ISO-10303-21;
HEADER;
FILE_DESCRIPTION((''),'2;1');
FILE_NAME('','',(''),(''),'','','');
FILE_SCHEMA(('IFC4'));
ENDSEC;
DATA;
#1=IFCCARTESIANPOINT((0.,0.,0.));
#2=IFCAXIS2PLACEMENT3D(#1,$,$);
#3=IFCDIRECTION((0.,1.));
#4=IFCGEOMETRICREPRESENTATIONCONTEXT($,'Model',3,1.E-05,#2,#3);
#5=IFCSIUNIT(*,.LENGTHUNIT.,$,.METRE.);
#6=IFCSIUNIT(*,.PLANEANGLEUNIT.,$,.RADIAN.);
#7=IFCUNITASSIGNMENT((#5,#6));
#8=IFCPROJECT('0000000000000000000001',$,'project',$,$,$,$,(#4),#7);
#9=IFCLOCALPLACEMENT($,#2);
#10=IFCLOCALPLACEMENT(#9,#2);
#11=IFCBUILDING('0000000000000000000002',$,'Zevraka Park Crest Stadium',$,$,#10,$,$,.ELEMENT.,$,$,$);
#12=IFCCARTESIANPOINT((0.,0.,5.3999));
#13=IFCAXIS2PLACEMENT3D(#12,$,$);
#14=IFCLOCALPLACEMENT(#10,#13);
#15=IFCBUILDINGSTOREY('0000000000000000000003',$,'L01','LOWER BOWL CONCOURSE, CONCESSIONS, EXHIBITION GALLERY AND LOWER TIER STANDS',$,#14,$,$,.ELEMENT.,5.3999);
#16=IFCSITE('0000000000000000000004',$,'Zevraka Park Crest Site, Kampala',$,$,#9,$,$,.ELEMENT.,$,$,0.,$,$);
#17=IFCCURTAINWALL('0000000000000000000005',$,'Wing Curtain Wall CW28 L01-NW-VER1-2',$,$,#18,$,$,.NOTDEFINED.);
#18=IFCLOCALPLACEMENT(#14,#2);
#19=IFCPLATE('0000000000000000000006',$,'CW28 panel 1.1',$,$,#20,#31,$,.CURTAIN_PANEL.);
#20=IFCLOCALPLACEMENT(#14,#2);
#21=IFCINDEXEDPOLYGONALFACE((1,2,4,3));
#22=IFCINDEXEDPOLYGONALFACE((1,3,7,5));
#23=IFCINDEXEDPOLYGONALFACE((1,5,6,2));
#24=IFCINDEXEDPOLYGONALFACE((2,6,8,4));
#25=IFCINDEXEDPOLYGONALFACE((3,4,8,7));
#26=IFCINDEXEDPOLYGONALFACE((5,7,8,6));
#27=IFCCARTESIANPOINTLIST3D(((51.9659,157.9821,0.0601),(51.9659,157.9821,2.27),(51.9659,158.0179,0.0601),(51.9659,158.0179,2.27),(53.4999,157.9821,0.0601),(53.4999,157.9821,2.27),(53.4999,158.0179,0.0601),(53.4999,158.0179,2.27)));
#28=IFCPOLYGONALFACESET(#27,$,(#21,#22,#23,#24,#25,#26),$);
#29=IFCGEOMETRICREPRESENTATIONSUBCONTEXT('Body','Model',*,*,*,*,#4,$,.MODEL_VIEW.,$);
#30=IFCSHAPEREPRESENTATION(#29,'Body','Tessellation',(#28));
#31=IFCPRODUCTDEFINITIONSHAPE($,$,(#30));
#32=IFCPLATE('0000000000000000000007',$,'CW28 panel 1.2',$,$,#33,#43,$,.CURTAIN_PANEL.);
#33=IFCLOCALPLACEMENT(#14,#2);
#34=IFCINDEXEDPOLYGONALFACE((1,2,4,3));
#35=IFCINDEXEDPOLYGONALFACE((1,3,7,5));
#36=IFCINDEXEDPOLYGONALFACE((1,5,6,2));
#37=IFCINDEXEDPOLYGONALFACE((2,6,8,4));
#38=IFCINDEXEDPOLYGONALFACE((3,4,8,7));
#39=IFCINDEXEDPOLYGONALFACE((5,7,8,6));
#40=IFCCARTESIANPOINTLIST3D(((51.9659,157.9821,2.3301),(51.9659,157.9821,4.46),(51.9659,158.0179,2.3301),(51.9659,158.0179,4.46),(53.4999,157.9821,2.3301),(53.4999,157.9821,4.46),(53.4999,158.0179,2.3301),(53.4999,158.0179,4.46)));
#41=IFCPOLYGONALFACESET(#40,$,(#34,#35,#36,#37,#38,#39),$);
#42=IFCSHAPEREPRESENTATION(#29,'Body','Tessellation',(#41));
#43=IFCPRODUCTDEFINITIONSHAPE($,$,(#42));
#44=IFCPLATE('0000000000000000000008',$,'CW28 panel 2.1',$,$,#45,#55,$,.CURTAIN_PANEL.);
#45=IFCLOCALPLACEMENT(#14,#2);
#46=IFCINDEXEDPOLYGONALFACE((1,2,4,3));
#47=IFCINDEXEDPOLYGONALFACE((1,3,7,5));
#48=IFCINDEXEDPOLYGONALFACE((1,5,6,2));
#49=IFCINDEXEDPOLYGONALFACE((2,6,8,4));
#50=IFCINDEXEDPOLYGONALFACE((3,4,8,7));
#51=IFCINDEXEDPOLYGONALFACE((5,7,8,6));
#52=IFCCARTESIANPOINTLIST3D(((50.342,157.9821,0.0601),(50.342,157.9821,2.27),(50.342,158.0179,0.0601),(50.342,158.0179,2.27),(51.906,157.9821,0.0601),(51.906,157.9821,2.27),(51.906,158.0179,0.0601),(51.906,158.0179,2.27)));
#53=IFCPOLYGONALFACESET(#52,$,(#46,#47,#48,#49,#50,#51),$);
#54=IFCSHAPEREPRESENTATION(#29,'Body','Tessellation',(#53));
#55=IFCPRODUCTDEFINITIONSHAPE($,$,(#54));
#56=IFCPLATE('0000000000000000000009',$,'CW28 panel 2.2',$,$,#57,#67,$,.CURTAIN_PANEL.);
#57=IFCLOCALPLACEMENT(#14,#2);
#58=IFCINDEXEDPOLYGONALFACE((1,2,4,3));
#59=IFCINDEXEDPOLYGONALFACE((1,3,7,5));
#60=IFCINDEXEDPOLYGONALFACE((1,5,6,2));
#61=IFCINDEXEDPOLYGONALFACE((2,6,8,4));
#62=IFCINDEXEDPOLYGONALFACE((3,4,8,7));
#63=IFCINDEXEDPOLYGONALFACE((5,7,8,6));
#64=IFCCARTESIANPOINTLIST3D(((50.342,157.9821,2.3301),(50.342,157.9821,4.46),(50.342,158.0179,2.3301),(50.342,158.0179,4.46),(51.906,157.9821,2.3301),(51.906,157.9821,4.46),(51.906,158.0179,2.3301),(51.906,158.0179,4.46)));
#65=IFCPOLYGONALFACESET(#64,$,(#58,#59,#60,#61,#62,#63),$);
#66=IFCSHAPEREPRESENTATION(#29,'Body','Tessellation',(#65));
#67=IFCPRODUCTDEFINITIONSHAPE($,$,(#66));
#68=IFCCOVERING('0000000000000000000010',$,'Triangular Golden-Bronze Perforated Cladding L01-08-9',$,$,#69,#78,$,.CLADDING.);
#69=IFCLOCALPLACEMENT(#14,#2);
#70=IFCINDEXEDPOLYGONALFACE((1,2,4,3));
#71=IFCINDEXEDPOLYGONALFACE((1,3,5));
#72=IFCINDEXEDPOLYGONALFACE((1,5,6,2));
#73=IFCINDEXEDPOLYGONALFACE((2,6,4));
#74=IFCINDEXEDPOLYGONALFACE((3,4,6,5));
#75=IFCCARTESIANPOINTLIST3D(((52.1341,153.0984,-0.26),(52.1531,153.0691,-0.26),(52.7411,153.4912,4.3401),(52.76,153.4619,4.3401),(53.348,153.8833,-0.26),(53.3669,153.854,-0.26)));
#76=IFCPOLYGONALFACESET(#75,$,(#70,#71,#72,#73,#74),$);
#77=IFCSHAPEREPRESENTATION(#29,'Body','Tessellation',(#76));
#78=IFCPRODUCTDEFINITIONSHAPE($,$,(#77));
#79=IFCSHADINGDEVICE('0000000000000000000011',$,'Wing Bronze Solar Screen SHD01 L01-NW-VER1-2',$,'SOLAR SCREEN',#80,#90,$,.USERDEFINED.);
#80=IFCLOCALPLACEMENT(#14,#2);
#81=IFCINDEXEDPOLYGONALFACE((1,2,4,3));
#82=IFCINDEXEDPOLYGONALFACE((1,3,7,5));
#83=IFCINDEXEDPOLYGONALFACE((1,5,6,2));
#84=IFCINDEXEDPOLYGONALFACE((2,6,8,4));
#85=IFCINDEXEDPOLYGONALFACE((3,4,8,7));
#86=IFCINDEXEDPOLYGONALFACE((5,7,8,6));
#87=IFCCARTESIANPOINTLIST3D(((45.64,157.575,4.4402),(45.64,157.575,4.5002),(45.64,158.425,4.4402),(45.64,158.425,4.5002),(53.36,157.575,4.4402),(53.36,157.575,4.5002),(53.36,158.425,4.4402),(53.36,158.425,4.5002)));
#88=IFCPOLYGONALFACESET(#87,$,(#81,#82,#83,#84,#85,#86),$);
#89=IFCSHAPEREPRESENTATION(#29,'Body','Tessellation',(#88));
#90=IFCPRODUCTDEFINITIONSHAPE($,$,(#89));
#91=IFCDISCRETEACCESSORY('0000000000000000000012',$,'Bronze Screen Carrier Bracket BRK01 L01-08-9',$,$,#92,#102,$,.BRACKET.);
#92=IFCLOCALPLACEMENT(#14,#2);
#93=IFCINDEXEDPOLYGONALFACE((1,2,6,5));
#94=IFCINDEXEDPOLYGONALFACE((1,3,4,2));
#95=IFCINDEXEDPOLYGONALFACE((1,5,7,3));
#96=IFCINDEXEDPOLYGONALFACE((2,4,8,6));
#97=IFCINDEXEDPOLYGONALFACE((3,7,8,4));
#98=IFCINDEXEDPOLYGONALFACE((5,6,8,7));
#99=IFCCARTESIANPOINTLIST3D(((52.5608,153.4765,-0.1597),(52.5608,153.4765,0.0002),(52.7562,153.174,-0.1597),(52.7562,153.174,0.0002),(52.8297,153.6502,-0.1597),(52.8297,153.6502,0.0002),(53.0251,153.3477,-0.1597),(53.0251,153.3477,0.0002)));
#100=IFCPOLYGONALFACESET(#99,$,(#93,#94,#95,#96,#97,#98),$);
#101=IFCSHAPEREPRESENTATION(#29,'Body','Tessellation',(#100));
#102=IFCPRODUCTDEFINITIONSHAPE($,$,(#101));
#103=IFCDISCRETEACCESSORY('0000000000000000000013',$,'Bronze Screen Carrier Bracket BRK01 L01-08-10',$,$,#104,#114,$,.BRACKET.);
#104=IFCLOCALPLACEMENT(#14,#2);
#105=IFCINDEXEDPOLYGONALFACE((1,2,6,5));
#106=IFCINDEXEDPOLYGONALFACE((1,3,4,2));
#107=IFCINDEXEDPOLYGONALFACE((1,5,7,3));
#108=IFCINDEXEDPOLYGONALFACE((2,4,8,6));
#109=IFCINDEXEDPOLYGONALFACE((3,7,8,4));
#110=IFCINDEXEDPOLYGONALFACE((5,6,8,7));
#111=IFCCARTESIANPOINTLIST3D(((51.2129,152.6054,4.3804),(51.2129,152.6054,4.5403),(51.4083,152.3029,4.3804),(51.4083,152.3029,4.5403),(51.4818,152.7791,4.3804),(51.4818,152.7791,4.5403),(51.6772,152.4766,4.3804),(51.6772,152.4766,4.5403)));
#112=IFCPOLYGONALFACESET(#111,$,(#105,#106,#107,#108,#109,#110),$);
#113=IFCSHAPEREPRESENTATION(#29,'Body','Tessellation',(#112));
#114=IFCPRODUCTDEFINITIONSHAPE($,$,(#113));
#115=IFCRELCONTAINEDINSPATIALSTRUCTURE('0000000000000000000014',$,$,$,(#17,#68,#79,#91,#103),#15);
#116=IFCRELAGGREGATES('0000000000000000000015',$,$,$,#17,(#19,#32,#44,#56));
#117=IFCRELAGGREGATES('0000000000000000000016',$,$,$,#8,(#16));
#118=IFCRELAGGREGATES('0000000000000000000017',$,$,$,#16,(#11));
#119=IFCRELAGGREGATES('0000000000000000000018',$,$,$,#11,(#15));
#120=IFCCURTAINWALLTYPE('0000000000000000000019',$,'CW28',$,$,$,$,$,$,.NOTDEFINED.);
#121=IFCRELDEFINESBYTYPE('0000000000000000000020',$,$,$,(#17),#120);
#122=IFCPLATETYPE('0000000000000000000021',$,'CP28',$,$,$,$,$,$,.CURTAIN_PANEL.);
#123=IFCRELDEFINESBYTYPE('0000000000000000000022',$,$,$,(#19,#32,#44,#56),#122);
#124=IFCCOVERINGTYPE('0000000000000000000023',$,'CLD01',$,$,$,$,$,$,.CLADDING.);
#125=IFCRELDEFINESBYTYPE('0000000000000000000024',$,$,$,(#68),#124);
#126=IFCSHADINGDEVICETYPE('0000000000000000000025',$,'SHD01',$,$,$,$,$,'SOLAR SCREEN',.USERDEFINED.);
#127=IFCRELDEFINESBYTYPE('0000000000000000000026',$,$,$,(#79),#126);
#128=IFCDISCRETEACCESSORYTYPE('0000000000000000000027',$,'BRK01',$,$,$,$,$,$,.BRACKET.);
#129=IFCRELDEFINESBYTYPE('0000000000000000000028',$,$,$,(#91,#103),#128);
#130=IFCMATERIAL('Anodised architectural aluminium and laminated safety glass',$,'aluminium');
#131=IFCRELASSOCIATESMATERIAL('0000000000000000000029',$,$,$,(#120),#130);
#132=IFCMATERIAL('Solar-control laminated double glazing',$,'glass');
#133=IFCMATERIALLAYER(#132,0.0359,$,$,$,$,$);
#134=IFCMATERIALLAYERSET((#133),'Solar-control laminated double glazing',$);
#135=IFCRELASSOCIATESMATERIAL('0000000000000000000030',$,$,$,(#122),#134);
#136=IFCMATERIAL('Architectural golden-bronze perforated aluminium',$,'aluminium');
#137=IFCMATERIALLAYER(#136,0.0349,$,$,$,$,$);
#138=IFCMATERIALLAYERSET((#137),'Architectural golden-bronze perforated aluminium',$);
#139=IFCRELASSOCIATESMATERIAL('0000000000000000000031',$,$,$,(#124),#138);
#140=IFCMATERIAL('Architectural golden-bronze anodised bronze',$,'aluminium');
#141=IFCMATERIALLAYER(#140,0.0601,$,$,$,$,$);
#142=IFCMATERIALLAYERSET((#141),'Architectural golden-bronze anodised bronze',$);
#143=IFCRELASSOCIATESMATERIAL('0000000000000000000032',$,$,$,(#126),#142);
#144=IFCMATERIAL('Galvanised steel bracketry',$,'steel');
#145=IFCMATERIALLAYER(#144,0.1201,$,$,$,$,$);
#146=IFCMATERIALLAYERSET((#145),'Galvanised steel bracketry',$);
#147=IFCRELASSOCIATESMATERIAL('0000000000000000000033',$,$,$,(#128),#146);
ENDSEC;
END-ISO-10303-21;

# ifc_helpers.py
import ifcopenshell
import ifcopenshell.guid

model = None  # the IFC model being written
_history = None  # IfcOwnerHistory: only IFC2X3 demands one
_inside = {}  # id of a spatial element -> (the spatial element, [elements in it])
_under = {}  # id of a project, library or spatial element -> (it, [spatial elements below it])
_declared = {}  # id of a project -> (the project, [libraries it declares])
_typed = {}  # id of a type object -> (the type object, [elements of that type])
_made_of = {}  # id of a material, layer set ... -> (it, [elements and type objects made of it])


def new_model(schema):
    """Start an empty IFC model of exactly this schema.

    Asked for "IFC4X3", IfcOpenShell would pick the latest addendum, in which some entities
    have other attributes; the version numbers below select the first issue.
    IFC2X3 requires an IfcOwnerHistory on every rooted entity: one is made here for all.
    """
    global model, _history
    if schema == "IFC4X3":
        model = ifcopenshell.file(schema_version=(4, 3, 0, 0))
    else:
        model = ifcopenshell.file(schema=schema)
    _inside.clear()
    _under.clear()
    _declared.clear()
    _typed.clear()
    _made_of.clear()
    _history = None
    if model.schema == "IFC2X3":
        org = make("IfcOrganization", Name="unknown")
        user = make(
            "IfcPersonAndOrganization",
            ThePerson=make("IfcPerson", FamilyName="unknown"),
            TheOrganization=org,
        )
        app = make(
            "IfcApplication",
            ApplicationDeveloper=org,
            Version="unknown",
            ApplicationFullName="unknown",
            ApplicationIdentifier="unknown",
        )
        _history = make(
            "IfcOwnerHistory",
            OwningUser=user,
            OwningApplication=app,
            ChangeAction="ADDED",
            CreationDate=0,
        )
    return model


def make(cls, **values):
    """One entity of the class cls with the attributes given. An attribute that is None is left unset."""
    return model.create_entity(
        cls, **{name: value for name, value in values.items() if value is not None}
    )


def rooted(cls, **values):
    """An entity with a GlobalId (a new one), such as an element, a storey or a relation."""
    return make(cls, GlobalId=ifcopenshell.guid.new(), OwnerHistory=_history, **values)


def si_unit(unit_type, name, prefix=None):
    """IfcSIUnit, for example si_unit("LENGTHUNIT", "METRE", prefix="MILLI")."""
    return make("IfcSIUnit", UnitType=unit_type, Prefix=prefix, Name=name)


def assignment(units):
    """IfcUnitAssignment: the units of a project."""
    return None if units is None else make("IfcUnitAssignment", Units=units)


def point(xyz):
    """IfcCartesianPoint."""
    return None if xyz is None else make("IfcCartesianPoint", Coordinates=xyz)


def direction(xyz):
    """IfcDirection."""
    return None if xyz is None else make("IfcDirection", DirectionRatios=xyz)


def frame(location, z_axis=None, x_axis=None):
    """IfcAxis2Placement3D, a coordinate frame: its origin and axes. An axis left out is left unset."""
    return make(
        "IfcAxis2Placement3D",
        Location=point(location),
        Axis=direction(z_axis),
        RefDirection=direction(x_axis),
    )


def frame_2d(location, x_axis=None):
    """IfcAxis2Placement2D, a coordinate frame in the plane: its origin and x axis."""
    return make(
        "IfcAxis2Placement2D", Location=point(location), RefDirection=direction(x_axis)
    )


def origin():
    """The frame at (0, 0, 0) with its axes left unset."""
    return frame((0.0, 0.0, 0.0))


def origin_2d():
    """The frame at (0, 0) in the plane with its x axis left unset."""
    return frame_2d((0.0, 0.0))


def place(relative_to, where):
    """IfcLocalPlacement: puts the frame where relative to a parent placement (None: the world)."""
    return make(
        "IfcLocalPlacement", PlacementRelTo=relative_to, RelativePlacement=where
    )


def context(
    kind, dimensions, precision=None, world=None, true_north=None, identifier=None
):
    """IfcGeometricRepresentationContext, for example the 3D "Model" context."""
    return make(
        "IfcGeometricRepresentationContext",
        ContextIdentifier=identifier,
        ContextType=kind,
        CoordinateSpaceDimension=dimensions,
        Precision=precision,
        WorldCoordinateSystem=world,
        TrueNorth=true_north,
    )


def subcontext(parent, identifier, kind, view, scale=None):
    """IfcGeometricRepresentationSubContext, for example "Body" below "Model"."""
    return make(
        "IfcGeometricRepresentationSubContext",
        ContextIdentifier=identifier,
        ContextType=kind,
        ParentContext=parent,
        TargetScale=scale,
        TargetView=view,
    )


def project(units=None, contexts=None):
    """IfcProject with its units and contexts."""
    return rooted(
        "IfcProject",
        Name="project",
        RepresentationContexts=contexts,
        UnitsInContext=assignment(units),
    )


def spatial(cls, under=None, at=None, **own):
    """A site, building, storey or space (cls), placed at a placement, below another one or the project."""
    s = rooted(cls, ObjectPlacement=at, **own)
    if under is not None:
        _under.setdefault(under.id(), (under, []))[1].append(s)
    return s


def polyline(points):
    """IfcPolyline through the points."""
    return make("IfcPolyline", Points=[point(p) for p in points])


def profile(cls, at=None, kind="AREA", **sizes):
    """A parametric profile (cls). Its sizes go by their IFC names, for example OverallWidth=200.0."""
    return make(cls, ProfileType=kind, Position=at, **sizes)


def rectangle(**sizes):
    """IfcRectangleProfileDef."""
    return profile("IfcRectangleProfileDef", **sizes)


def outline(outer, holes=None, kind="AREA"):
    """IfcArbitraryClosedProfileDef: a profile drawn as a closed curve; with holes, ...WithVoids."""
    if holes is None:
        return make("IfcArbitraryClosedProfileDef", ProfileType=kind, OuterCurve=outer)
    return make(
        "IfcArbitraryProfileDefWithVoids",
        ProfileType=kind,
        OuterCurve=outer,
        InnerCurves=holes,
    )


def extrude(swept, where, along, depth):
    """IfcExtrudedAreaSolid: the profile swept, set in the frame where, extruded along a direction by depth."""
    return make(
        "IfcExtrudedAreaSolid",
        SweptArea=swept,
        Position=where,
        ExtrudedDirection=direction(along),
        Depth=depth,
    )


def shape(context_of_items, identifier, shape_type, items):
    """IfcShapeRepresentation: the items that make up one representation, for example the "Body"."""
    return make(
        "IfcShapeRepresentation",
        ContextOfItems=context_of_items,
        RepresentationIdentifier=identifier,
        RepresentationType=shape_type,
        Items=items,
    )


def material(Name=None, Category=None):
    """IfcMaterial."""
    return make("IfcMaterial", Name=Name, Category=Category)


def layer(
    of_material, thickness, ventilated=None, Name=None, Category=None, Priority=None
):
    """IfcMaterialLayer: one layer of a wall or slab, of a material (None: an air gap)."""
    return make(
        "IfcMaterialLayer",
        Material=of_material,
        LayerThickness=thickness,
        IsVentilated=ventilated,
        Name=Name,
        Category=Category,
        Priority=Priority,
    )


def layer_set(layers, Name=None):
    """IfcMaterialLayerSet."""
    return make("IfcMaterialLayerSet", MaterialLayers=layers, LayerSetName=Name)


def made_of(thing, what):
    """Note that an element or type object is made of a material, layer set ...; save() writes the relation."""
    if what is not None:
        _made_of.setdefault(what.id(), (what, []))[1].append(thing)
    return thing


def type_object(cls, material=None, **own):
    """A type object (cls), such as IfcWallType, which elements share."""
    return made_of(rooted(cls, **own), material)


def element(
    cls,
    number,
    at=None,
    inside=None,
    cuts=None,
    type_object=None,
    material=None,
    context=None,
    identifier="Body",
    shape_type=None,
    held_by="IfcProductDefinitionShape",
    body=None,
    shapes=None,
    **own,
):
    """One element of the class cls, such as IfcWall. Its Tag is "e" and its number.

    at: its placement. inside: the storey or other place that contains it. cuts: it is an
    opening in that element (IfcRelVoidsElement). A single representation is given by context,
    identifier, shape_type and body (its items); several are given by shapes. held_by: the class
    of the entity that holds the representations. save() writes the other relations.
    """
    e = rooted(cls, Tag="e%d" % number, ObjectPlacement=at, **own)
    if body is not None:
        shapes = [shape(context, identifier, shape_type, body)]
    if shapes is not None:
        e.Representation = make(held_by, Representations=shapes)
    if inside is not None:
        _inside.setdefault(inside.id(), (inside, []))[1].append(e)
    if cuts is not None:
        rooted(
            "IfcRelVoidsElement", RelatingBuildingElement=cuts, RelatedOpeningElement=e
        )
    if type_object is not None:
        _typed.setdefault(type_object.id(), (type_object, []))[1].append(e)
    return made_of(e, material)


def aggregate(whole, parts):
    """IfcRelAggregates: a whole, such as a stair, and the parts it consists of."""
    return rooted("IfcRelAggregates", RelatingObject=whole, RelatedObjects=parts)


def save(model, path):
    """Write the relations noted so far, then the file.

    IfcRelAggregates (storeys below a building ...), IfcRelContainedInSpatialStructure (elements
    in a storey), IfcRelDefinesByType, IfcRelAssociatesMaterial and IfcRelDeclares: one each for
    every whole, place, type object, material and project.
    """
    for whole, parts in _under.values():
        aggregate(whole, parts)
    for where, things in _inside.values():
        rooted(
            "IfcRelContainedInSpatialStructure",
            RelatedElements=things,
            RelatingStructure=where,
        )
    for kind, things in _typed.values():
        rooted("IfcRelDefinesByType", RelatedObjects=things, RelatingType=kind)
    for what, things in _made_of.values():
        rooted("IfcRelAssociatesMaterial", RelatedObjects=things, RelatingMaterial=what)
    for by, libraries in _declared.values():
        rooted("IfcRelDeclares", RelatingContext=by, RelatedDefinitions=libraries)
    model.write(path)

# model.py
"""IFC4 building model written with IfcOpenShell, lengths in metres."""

from ifc_helpers import new_model, si_unit, direction, frame, origin, origin_2d, place, context, subcontext, project, spatial, polyline, rectangle, outline, extrude, material, layer, layer_set, type_object, element, aggregate, save


model = new_model("IFC4")

# Units and contexts
model_context = context("Model", 3, precision=1e-05, world=origin(), true_north=direction((0.0, 1.0)))
body_context = subcontext(model_context, "Body", "Model", "MODEL_VIEW")
ifc_project = project(units=[si_unit("LENGTHUNIT", "METRE"), si_unit("PLANEANGLEUNIT", "RADIAN")], contexts=[model_context])

# Site, building, storey
site_placement = place(None, origin())
site = spatial("IfcSite", under=ifc_project, at=site_placement, Name="Zevraka Park Crest Site, Kampala", CompositionType="ELEMENT", RefElevation=0.0)
building_placement = place(site_placement, origin())
building = spatial("IfcBuilding", under=site, at=building_placement, Name="Zevraka Park Crest Stadium", CompositionType="ELEMENT")
storey_placement = place(building_placement, frame((0.0, 0.0, 5.3999)))
storey = spatial("IfcBuildingStorey", under=building, at=storey_placement, Name="L01", Description="LOWER BOWL CONCOURSE, CONCESSIONS, EXHIBITION GALLERY AND LOWER TIER STANDS", CompositionType="ELEMENT", Elevation=5.3999)

# Curtain wall
ifc_material_1 = material(Name="Anodised architectural aluminium and laminated safety glass", Category="aluminium")
curtain_wall_type_1 = type_object("IfcCurtainWallType", Name="CW28", PredefinedType="NOTDEFINED", material=ifc_material_1)
curtain_wall_1_placement = place(storey_placement, origin())
curtain_wall_1 = element("IfcCurtainWall", 1, at=curtain_wall_1_placement, inside=storey, type_object=curtain_wall_type_1, Name="Wing Curtain Wall CW28 L01-NW-VER1-2", PredefinedType="NOTDEFINED")

# Plates
ifc_material_2 = material(Name="Solar-control laminated double glazing", Category="glass")
ifc_layer_1 = layer(ifc_material_2, 0.0359)
ifc_layer_set_1 = layer_set([ifc_layer_1], Name="Solar-control laminated double glazing")
plate_type_1 = type_object("IfcPlateType", Name="CP28", PredefinedType="CURTAIN_PANEL", material=ifc_layer_set_1)
plate_1_placement = place(storey_placement, frame((52.7329, 158.0, 0.0601), z_axis=(0.0, 0.0, 1.0), x_axis=(-1.0, 0.0, 0.0)))
plate_1 = element("IfcPlate", 2, at=plate_1_placement, type_object=plate_type_1, Name="CW28 panel 1.1", PredefinedType="CURTAIN_PANEL", context=body_context, shape_type="SweptSolid", body=[
    extrude(rectangle(XDim=1.5339, YDim=0.0359, at=origin_2d()), origin(), (0.0, 0.0, 1.0), 2.21),
])
plate_2_placement = place(storey_placement, frame((52.7329, 158.0, 2.3301), z_axis=(0.0, 0.0, 1.0), x_axis=(-1.0, 0.0, 0.0)))
plate_2 = element("IfcPlate", 3, at=plate_2_placement, type_object=plate_type_1, Name="CW28 panel 1.2", PredefinedType="CURTAIN_PANEL", context=body_context, shape_type="SweptSolid", body=[
    extrude(rectangle(XDim=1.5339, YDim=0.0359, at=origin_2d()), origin(), (0.0, 0.0, 1.0), 2.1299),
])
plate_3_placement = place(storey_placement, frame((51.124, 158.0, 0.0601), z_axis=(0.0, 0.0, 1.0), x_axis=(-1.0, 0.0, 0.0)))
plate_3 = element("IfcPlate", 4, at=plate_3_placement, type_object=plate_type_1, Name="CW28 panel 2.1", PredefinedType="CURTAIN_PANEL", context=body_context, shape_type="SweptSolid", body=[
    extrude(rectangle(XDim=1.564, YDim=0.0359, at=origin_2d()), origin(), (0.0, 0.0, 1.0), 2.21),
])
plate_4_placement = place(storey_placement, frame((51.124, 158.0, 2.3301), z_axis=(0.0, 0.0, 1.0), x_axis=(-1.0, 0.0, 0.0)))
plate_4 = element("IfcPlate", 5, at=plate_4_placement, type_object=plate_type_1, Name="CW28 panel 2.2", PredefinedType="CURTAIN_PANEL", context=body_context, shape_type="SweptSolid", body=[
    extrude(rectangle(XDim=1.564, YDim=0.0359, at=origin_2d()), origin(), (0.0, 0.0, 1.0), 2.1299),
])
aggregate(curtain_wall_1, [plate_1, plate_2, plate_3, plate_4])

# Covering
ifc_material_3 = material(Name="Architectural golden-bronze perforated aluminium", Category="aluminium")
ifc_layer_2 = layer(ifc_material_3, 0.0349)
ifc_layer_set_2 = layer_set([ifc_layer_2], Name="Architectural golden-bronze perforated aluminium")
covering_type = type_object("IfcCoveringType", Name="CLD01", PredefinedType="CLADDING", material=ifc_layer_set_2)
covering_placement = place(storey_placement, frame((53.3669, 153.854, -0.26), z_axis=(0.542992, -0.839738, 0.000067), x_axis=(-0.839738, -0.542992, 0.0)))
element("IfcCovering", 6, at=covering_placement, inside=storey, type_object=covering_type, Name="Triangular Golden-Bronze Perforated Cladding L01-08-9", PredefinedType="CLADDING", context=body_context, shape_type="SweptSolid", body=[
    extrude(outline(polyline([(0.0, 0.0), (1.4455, 0.0), (0.7226, -4.6001), (0.0, 0.0)])), origin(), (0.0, 0.0, -1.0), 0.0349),
])

# Shading device
ifc_material_4 = material(Name="Architectural golden-bronze anodised bronze", Category="aluminium")
ifc_layer_3 = layer(ifc_material_4, 0.0601)
ifc_layer_set_3 = layer_set([ifc_layer_3], Name="Architectural golden-bronze anodised bronze")
shading_device_type = type_object("IfcShadingDeviceType", Name="SHD01", ElementType="SOLAR SCREEN", PredefinedType="USERDEFINED", material=ifc_layer_set_3)
shading_device_placement = place(storey_placement, frame((49.5, 158.0, 4.4402), z_axis=(0.0, 0.0, 1.0), x_axis=(-1.0, 0.0, 0.0)))
element("IfcShadingDevice", 7, at=shading_device_placement, inside=storey, type_object=shading_device_type, Name="Wing Bronze Solar Screen SHD01 L01-NW-VER1-2", ObjectType="SOLAR SCREEN", PredefinedType="USERDEFINED", context=body_context, shape_type="SweptSolid", body=[
    extrude(rectangle(XDim=7.72, YDim=0.8501, at=origin_2d()), origin(), (0.0, 0.0, 1.0), 0.0601),
])

# Discrete accessories
ifc_material_5 = material(Name="Galvanised steel bracketry", Category="steel")
ifc_layer_4 = layer(ifc_material_5, 0.1201)
ifc_layer_set_4 = layer_set([ifc_layer_4], Name="Galvanised steel bracketry")
discrete_accessory_type = type_object("IfcDiscreteAccessoryType", Name="BRK01", PredefinedType="BRACKET", material=ifc_layer_set_4)
for number, where, z_axis, x_axis, name in (
    (8, (52.793, 153.4121, -0.1597), (0.0, 0.0, 1.0), (-0.839999, -0.542588, 0.0), "Bronze Screen Carrier Bracket BRK01 L01-08-9"),
    (9, (51.4451, 152.541, 4.3804), (0.0, 0.0, 1.0), (-0.839999, -0.542588, 0.0), "Bronze Screen Carrier Bracket BRK01 L01-08-10"),
):
    element("IfcDiscreteAccessory", number, at=place(storey_placement, frame(where, z_axis=z_axis, x_axis=x_axis)), inside=storey, type_object=discrete_accessory_type, Name=name, PredefinedType="BRACKET", context=body_context, shape_type="SweptSolid", body=[
        extrude(rectangle(XDim=0.3201, YDim=0.3601, at=origin_2d()), origin(), (0.0, 0.0, 1.0), 0.1599),
    ])

save(model, "model.ifc")
